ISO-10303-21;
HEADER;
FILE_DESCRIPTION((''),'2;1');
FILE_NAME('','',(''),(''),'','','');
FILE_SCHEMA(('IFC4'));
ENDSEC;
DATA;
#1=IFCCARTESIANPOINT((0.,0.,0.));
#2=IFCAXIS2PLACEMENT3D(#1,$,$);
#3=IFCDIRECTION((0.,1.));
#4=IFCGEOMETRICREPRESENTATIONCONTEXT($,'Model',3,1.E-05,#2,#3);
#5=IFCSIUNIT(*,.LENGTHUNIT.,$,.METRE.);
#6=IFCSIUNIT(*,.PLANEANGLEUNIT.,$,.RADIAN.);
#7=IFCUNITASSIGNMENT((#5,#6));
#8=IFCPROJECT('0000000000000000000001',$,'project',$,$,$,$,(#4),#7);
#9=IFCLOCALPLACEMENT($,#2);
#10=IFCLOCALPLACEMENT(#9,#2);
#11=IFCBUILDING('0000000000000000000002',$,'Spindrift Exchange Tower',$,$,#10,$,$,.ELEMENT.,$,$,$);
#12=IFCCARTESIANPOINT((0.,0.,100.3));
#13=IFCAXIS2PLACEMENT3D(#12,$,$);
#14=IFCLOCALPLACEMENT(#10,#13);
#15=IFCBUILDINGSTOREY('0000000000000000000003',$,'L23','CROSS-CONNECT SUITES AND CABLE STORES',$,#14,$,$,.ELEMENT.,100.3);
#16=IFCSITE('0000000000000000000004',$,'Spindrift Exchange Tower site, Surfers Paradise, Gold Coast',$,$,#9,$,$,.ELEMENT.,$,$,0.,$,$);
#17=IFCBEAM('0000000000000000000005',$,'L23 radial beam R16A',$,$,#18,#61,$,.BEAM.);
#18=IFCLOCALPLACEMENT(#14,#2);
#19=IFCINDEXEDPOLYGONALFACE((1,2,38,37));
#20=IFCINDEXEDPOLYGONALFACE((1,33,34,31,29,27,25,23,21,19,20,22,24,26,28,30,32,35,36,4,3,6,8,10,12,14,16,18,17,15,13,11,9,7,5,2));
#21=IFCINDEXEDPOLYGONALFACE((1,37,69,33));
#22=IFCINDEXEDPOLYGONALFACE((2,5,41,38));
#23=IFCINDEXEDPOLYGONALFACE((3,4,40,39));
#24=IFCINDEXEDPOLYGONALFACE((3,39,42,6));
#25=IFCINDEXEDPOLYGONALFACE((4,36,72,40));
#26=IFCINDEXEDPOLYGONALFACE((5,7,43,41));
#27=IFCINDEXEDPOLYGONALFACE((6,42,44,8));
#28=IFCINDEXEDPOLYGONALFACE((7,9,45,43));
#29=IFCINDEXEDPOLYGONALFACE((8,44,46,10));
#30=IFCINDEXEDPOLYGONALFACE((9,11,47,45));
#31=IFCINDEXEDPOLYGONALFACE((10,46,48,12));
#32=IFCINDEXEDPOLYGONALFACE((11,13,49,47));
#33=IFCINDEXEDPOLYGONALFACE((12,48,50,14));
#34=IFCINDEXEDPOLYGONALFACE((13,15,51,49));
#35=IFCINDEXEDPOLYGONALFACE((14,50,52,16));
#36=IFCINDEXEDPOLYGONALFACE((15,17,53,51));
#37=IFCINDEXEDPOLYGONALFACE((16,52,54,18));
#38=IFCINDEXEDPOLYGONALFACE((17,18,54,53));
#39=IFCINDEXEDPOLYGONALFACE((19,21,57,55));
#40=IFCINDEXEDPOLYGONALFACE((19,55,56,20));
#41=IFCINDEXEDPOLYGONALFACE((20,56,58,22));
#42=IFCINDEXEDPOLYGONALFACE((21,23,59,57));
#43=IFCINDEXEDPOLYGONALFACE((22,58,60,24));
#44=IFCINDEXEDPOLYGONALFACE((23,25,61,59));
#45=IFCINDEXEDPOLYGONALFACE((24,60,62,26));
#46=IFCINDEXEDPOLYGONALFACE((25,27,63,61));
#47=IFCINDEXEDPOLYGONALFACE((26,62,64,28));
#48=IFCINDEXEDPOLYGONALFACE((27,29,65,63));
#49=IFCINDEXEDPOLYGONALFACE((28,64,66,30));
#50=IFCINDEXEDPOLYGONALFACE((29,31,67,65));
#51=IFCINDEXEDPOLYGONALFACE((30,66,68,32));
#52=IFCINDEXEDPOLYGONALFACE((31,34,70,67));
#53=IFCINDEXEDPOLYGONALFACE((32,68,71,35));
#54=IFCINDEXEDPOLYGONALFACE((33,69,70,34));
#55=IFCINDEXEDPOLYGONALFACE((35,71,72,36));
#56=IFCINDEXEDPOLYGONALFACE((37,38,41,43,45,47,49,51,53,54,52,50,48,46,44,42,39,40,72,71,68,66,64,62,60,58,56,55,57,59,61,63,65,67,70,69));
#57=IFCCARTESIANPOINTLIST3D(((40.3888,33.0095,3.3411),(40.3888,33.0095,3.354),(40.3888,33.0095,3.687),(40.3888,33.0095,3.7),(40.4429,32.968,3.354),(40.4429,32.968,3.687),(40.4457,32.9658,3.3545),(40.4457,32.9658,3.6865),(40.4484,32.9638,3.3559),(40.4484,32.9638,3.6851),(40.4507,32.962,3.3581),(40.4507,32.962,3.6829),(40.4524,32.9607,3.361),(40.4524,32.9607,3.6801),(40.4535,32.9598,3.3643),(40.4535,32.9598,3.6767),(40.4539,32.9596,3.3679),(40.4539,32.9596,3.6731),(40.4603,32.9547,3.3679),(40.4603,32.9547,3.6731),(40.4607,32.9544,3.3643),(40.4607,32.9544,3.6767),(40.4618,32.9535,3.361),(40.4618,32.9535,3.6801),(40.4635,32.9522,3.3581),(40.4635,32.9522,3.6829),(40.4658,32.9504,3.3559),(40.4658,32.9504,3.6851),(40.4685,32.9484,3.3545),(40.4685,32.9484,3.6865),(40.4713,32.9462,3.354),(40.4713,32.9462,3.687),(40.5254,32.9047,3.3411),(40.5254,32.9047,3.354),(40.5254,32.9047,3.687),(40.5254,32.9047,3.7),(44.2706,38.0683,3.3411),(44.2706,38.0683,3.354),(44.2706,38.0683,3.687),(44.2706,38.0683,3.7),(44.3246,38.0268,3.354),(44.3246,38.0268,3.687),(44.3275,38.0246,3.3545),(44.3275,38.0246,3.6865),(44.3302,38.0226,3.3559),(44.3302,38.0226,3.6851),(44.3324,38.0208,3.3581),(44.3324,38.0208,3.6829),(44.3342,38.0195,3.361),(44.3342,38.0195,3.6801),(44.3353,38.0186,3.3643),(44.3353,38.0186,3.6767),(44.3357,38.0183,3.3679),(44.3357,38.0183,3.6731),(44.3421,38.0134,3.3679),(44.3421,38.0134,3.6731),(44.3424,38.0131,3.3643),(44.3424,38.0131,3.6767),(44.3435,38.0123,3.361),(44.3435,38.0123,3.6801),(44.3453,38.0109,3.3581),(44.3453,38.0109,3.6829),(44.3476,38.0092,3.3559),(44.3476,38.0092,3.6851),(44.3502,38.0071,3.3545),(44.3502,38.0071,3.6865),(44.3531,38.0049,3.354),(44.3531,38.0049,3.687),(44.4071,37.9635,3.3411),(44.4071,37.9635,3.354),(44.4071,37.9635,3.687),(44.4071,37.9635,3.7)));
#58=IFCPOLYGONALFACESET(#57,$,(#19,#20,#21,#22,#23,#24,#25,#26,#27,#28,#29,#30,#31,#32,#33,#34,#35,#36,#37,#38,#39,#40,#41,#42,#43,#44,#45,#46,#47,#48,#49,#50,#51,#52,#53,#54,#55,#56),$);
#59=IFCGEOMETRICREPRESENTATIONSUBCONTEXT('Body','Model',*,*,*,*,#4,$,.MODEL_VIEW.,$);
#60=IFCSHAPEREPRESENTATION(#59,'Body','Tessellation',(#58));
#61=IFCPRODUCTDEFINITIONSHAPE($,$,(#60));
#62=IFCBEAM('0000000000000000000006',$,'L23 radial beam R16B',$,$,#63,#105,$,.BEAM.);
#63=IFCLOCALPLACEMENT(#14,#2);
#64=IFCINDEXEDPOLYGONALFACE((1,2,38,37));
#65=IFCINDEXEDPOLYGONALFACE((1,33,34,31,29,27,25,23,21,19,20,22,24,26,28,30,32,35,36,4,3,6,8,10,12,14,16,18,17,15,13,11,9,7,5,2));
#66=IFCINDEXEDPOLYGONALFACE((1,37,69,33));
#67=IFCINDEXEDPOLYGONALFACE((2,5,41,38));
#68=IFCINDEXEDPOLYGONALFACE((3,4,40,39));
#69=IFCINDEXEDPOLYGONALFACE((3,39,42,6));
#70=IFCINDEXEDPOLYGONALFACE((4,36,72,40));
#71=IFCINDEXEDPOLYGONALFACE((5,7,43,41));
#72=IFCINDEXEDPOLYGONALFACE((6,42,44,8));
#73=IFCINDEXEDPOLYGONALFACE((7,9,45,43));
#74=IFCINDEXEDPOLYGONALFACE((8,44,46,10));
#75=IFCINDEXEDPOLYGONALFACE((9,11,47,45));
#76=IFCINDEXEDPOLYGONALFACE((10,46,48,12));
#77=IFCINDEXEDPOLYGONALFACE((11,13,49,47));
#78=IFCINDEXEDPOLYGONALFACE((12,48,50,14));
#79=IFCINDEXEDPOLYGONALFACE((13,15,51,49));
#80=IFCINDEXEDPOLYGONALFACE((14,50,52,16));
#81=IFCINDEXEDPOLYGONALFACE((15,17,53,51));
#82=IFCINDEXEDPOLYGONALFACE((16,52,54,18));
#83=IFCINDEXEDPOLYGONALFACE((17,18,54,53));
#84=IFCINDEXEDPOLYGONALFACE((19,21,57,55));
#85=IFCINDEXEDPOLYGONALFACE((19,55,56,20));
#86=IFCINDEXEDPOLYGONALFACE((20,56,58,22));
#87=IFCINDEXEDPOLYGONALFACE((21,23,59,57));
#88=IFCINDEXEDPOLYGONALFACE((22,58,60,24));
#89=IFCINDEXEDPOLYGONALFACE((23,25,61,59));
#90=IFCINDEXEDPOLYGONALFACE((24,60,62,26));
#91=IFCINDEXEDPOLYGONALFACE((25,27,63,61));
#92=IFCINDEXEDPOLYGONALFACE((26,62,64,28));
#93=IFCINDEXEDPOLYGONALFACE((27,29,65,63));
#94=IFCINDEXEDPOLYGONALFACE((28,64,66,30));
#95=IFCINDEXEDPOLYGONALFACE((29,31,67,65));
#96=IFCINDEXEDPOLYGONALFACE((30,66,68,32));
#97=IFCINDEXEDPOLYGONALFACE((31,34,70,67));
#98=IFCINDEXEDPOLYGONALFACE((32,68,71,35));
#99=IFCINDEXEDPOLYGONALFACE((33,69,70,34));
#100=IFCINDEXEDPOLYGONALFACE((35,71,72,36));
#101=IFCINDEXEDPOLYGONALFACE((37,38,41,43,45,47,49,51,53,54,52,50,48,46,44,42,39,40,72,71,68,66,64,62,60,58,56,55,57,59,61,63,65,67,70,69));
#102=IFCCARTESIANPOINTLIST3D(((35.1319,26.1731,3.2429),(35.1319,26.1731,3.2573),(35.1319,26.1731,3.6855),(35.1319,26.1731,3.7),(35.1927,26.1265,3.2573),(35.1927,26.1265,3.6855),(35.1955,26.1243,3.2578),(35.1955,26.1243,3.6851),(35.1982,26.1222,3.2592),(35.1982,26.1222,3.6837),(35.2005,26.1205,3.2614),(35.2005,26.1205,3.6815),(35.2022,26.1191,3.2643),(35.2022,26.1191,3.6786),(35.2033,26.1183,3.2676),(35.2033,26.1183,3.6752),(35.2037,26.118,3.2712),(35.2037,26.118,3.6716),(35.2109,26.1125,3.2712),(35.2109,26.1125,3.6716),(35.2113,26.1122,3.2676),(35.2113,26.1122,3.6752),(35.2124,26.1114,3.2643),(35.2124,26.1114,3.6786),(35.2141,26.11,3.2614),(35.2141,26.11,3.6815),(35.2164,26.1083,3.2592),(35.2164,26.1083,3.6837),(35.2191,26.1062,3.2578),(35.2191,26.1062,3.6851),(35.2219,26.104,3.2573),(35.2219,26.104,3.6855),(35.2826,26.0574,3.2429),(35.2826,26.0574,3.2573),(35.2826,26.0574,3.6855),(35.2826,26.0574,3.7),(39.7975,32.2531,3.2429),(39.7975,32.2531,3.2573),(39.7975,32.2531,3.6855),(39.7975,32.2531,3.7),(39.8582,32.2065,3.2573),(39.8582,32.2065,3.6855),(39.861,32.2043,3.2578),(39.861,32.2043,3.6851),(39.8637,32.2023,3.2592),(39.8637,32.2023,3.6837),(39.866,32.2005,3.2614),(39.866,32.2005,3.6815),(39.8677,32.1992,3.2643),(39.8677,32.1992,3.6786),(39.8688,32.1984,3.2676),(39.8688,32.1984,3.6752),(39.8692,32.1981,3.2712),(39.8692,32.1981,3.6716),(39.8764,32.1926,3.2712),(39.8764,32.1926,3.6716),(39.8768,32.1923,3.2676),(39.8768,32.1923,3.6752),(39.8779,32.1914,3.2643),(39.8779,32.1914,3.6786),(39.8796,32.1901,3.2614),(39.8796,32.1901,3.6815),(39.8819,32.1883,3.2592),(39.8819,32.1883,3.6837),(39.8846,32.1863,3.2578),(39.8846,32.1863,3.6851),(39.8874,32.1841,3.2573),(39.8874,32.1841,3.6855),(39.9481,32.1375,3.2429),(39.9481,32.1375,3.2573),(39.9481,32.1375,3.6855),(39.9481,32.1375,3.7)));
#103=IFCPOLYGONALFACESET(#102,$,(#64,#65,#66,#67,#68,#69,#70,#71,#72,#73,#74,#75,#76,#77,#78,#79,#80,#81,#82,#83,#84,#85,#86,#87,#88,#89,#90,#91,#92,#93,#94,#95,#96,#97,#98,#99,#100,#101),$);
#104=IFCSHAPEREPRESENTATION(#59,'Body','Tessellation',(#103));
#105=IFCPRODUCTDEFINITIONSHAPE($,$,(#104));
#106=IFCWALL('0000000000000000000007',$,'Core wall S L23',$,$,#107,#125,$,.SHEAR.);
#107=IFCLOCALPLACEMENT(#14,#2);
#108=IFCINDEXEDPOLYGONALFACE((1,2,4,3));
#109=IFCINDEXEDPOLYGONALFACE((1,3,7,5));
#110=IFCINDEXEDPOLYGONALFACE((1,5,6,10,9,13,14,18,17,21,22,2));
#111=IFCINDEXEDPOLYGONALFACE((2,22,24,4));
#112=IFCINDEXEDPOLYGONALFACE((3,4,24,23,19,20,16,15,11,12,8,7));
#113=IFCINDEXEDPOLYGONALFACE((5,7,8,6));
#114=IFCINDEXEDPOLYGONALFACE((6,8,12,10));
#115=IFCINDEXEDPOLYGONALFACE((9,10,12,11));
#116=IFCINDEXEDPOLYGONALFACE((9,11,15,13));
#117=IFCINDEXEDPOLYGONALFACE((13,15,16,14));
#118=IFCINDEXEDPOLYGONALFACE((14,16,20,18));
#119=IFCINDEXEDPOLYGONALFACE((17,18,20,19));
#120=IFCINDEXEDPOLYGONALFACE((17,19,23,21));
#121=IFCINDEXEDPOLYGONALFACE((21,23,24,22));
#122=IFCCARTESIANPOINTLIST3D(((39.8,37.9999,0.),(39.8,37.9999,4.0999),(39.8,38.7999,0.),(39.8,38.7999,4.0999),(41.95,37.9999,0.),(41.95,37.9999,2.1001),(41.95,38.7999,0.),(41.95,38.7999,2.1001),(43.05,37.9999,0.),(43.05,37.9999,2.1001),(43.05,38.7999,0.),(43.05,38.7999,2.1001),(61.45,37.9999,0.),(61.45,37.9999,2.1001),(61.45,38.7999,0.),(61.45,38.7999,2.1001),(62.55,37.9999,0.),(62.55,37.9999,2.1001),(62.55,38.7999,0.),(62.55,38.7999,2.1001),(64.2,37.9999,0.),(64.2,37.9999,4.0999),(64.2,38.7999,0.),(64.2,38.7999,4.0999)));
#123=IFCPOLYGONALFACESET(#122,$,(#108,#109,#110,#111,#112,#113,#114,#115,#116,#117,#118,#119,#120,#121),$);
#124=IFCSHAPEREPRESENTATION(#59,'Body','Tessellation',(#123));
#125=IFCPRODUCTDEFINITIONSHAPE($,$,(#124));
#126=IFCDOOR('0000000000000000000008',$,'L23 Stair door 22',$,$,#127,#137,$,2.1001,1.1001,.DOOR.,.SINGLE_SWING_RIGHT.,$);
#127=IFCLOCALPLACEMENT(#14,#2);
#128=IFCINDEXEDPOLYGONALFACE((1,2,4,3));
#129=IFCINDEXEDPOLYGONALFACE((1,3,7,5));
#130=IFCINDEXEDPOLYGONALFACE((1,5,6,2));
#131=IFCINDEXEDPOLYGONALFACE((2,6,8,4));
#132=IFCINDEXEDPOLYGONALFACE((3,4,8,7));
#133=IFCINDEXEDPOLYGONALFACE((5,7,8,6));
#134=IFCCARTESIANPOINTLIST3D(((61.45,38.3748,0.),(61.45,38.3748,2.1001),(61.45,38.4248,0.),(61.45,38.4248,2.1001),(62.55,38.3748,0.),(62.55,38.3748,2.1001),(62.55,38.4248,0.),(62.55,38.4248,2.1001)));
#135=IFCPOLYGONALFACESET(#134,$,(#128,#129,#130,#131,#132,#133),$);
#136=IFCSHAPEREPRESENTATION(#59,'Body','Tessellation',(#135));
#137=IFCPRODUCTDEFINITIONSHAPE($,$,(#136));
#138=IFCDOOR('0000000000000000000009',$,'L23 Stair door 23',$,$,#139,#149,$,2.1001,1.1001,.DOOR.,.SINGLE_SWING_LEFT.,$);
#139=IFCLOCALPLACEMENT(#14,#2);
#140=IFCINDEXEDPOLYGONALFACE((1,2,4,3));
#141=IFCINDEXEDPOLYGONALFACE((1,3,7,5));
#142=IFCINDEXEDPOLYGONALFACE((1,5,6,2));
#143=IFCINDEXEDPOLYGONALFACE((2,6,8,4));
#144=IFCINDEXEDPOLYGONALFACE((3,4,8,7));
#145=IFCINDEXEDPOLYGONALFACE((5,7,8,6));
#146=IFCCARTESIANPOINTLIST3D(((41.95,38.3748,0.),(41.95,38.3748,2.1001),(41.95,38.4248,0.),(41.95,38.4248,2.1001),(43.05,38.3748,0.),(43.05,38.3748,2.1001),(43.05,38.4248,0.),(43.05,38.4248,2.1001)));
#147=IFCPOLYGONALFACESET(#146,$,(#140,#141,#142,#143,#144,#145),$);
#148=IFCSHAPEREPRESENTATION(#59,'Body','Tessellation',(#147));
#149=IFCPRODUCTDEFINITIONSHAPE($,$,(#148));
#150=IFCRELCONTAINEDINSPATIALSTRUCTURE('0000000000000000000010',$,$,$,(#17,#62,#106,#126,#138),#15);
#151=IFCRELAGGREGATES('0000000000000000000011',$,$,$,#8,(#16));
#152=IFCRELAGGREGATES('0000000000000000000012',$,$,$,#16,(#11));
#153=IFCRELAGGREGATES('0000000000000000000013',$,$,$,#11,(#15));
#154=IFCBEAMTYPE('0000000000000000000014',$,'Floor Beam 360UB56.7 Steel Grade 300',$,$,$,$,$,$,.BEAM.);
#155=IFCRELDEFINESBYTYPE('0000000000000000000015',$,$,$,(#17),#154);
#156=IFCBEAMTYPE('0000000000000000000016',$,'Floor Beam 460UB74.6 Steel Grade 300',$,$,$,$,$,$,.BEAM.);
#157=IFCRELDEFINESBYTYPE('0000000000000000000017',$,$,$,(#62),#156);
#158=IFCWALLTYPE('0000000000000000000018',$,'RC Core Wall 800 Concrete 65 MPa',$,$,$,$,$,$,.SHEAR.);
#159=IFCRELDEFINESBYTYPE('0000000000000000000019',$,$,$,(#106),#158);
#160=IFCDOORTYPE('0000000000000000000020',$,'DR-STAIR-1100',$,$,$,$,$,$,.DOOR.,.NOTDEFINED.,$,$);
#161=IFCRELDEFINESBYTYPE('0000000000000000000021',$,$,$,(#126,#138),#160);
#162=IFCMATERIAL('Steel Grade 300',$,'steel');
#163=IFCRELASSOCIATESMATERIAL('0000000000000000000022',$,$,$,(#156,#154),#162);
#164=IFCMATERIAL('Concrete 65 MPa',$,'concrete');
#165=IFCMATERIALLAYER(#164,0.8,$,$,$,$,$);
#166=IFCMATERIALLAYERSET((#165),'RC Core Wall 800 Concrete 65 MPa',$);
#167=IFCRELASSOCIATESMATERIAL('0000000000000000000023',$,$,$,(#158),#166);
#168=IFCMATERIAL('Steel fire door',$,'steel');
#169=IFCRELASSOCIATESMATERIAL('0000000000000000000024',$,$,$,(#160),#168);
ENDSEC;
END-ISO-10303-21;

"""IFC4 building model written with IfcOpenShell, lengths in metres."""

from ifc_helpers import new_model, si_unit, direction, frame, frame_2d, origin, origin_2d, place, context, subcontext, project, spatial, rectangle, i_section, extrude, source, transform, mapped, material, layer, layer_set, material_profile, profile_set, type_object, element, fill, save


model = new_model("IFC4")

# Units and contexts
model_context = context("Model", 3, precision=1e-05, world=origin(), true_north=direction((0.0, 1.0)))
body_context = subcontext(model_context, "Body", "Model", "MODEL_VIEW")
ifc_project = project(units=[si_unit("LENGTHUNIT", "METRE"), si_unit("PLANEANGLEUNIT", "RADIAN")], contexts=[model_context])

# Site, building, storey
site_placement = place(None, origin())
site = spatial("IfcSite", under=ifc_project, at=site_placement, Name="Spindrift Exchange Tower site, Surfers Paradise, Gold Coast", CompositionType="ELEMENT", RefElevation=0.0)
building_placement = place(site_placement, origin())
building = spatial("IfcBuilding", under=site, at=building_placement, Name="Spindrift Exchange Tower", CompositionType="ELEMENT")
storey_placement = place(building_placement, frame((0.0, 0.0, 100.3)))
storey = spatial("IfcBuildingStorey", under=building, at=storey_placement, Name="L23", Description="CROSS-CONNECT SUITES AND CABLE STORES", CompositionType="ELEMENT", Elevation=100.3)

# Shared definitions
ifc_material_1 = material(Name="Concrete 65 MPa", Category="concrete")

# Beams
ifc_material_2 = material(Name="Steel Grade 300", Category="steel")
ifc_material_profile_1 = material_profile(ifc_material_2, i_section(OverallWidth=0.1899, OverallDepth=0.457, WebThickness=0.009, FlangeThickness=0.0144, FilletRadius=0.0139, at=origin_2d()), Name="460UB74.6")
ifc_profile_set_1 = profile_set([ifc_material_profile_1], Name="Steel Grade 300")
beam_type_1 = type_object("IfcBeamType", Name="Floor Beam 460UB74.6 Steel Grade 300", PredefinedType="BEAM", material=ifc_profile_set_1)
ifc_material_profile_2 = material_profile(ifc_material_2, i_section(OverallWidth=0.1721, OverallDepth=0.3589, WebThickness=0.0081, FlangeThickness=0.0129, FilletRadius=0.0139, at=origin_2d()), Name="360UB56.7")
ifc_profile_set_2 = profile_set([ifc_material_profile_2], Name="Steel Grade 300")
beam_type_2 = type_object("IfcBeamType", Name="Floor Beam 360UB56.7 Steel Grade 300", PredefinedType="BEAM", material=ifc_profile_set_2)
shared_shape_1 = source(origin(), body_context, "Body", "SweptSolid", [
    extrude(i_section(OverallWidth=0.1721, OverallDepth=0.3589, WebThickness=0.0081, FlangeThickness=0.0129, FilletRadius=0.0139, at=origin_2d()), origin(), (0.0, 0.0, 1.0), 6.3765),
])
beam_1_placement = place(storey_placement, frame((44.3389, 38.0159, 3.5205), z_axis=(-0.608767, -0.793349, 0.0), x_axis=(0.793349, -0.608767, 0.0)))
element("IfcBeam", 1, at=beam_1_placement, inside=storey, type_object=beam_type_2, Name="L23 radial beam R16A", PredefinedType="BEAM", context=body_context, shape_type="MappedRepresentation", body=[
    mapped(shared_shape_1, transform((0.0, 0.0, 0.0), scale=1.0)),
])
shared_shape_2 = source(origin(), body_context, "Body", "SweptSolid", [
    extrude(i_section(OverallWidth=0.1899, OverallDepth=0.457, WebThickness=0.009, FlangeThickness=0.0144, FilletRadius=0.0139, at=origin_2d()), origin(), (0.0, 0.0, 1.0), 7.6638),
])
beam_2_placement = place(storey_placement, frame((39.8728, 32.1953, 3.4714), z_axis=(-0.608771, -0.793346, 0.0), x_axis=(0.793346, -0.608771, 0.0)))
element("IfcBeam", 2, at=beam_2_placement, inside=storey, type_object=beam_type_1, Name="L23 radial beam R16B", PredefinedType="BEAM", context=body_context, shape_type="MappedRepresentation", body=[
    mapped(shared_shape_2, transform((0.0, 0.0, 0.0), scale=1.0)),
])

# Wall, openings, doors
ifc_layer_1 = layer(ifc_material_1, 0.8)
ifc_layer_set_1 = layer_set([ifc_layer_1], Name="RC Core Wall 800 Concrete 65 MPa")
wall_type_1 = type_object("IfcWallType", Name="RC Core Wall 800 Concrete 65 MPa", PredefinedType="SHEAR", material=ifc_layer_set_1)
wall_1_placement = place(storey_placement, frame((39.8, 38.3999, 0.0), z_axis=(0.0, 0.0, 1.0), x_axis=(1.0, 0.0, 0.0)))
wall_1 = element("IfcWall", 3, at=wall_1_placement, inside=storey, type_object=wall_type_1, Name="Core wall S L23", PredefinedType="SHEAR", context=body_context, shape_type="SweptSolid", body=[
    extrude(rectangle(XDim=24.3999, YDim=0.8, at=frame_2d((12.2, 0.0))), origin(), (0.0, 0.0, 1.0), 4.0999),
])
opening_1_placement = place(wall_1_placement, frame((21.6499, 0.0, 0.0)))
opening_1 = element("IfcOpeningElement", 4, at=opening_1_placement, cuts=wall_1, PredefinedType="OPENING", context=body_context, shape_type="SweptSolid", body=[
    extrude(rectangle(XDim=1.1001, YDim=2.1001, at=frame_2d((0.55, 1.05))), frame((0.0, 0.4099, 0.0), z_axis=(0.0, -1.0, 0.0), x_axis=(1.0, 0.0, 0.0)), (0.0, 0.0, 1.0), 0.8201),
])
opening_2_placement = place(wall_1_placement, frame((2.1499, 0.0, 0.0)))
opening_2 = element("IfcOpeningElement", 5, at=opening_2_placement, cuts=wall_1, PredefinedType="OPENING", context=body_context, shape_type="SweptSolid", body=[
    extrude(rectangle(XDim=1.1001, YDim=2.1001, at=frame_2d((0.55, 1.05))), frame((0.0, 0.4099, 0.0), z_axis=(0.0, -1.0, 0.0), x_axis=(1.0, 0.0, 0.0)), (0.0, 0.0, 1.0), 0.8201),
])
ifc_material_3 = material(Name="Steel fire door", Category="steel")
door_type_1 = type_object("IfcDoorType", Name="DR-STAIR-1100", OperationType="NOTDEFINED", PredefinedType="DOOR", material=ifc_material_3)
shared_shape_3 = source(origin(), body_context, "Body", "SweptSolid", [
    extrude(rectangle(XDim=1.1001, YDim=2.1001, at=frame_2d((0.55, 1.05))), frame((0.0, 0.0249, 0.0), z_axis=(0.0, -1.0, 0.0), x_axis=(1.0, 0.0, 0.0)), (0.0, 0.0, 1.0), 0.05),
])
door_1_placement = place(opening_1_placement, origin())
door_1 = element("IfcDoor", 6, at=door_1_placement, inside=storey, type_object=door_type_1, Name="L23 Stair door 22", OperationType="SINGLE_SWING_RIGHT", OverallHeight=2.1001, OverallWidth=1.1001, PredefinedType="DOOR", context=body_context, shape_type="MappedRepresentation", body=[
    mapped(shared_shape_3, transform((0.0, 0.0, 0.0), scale=1.0)),
])
fill(opening_1, door_1)
door_2_placement = place(opening_2_placement, origin())
door_2 = element("IfcDoor", 7, at=door_2_placement, inside=storey, type_object=door_type_1, Name="L23 Stair door 23", OperationType="SINGLE_SWING_LEFT", OverallHeight=2.1001, OverallWidth=1.1001, PredefinedType="DOOR", context=body_context, shape_type="MappedRepresentation", body=[
    mapped(shared_shape_3, transform((0.0, 0.0, 0.0), scale=1.0)),
])
fill(opening_2, door_2)

save(model, "model.ifc")
